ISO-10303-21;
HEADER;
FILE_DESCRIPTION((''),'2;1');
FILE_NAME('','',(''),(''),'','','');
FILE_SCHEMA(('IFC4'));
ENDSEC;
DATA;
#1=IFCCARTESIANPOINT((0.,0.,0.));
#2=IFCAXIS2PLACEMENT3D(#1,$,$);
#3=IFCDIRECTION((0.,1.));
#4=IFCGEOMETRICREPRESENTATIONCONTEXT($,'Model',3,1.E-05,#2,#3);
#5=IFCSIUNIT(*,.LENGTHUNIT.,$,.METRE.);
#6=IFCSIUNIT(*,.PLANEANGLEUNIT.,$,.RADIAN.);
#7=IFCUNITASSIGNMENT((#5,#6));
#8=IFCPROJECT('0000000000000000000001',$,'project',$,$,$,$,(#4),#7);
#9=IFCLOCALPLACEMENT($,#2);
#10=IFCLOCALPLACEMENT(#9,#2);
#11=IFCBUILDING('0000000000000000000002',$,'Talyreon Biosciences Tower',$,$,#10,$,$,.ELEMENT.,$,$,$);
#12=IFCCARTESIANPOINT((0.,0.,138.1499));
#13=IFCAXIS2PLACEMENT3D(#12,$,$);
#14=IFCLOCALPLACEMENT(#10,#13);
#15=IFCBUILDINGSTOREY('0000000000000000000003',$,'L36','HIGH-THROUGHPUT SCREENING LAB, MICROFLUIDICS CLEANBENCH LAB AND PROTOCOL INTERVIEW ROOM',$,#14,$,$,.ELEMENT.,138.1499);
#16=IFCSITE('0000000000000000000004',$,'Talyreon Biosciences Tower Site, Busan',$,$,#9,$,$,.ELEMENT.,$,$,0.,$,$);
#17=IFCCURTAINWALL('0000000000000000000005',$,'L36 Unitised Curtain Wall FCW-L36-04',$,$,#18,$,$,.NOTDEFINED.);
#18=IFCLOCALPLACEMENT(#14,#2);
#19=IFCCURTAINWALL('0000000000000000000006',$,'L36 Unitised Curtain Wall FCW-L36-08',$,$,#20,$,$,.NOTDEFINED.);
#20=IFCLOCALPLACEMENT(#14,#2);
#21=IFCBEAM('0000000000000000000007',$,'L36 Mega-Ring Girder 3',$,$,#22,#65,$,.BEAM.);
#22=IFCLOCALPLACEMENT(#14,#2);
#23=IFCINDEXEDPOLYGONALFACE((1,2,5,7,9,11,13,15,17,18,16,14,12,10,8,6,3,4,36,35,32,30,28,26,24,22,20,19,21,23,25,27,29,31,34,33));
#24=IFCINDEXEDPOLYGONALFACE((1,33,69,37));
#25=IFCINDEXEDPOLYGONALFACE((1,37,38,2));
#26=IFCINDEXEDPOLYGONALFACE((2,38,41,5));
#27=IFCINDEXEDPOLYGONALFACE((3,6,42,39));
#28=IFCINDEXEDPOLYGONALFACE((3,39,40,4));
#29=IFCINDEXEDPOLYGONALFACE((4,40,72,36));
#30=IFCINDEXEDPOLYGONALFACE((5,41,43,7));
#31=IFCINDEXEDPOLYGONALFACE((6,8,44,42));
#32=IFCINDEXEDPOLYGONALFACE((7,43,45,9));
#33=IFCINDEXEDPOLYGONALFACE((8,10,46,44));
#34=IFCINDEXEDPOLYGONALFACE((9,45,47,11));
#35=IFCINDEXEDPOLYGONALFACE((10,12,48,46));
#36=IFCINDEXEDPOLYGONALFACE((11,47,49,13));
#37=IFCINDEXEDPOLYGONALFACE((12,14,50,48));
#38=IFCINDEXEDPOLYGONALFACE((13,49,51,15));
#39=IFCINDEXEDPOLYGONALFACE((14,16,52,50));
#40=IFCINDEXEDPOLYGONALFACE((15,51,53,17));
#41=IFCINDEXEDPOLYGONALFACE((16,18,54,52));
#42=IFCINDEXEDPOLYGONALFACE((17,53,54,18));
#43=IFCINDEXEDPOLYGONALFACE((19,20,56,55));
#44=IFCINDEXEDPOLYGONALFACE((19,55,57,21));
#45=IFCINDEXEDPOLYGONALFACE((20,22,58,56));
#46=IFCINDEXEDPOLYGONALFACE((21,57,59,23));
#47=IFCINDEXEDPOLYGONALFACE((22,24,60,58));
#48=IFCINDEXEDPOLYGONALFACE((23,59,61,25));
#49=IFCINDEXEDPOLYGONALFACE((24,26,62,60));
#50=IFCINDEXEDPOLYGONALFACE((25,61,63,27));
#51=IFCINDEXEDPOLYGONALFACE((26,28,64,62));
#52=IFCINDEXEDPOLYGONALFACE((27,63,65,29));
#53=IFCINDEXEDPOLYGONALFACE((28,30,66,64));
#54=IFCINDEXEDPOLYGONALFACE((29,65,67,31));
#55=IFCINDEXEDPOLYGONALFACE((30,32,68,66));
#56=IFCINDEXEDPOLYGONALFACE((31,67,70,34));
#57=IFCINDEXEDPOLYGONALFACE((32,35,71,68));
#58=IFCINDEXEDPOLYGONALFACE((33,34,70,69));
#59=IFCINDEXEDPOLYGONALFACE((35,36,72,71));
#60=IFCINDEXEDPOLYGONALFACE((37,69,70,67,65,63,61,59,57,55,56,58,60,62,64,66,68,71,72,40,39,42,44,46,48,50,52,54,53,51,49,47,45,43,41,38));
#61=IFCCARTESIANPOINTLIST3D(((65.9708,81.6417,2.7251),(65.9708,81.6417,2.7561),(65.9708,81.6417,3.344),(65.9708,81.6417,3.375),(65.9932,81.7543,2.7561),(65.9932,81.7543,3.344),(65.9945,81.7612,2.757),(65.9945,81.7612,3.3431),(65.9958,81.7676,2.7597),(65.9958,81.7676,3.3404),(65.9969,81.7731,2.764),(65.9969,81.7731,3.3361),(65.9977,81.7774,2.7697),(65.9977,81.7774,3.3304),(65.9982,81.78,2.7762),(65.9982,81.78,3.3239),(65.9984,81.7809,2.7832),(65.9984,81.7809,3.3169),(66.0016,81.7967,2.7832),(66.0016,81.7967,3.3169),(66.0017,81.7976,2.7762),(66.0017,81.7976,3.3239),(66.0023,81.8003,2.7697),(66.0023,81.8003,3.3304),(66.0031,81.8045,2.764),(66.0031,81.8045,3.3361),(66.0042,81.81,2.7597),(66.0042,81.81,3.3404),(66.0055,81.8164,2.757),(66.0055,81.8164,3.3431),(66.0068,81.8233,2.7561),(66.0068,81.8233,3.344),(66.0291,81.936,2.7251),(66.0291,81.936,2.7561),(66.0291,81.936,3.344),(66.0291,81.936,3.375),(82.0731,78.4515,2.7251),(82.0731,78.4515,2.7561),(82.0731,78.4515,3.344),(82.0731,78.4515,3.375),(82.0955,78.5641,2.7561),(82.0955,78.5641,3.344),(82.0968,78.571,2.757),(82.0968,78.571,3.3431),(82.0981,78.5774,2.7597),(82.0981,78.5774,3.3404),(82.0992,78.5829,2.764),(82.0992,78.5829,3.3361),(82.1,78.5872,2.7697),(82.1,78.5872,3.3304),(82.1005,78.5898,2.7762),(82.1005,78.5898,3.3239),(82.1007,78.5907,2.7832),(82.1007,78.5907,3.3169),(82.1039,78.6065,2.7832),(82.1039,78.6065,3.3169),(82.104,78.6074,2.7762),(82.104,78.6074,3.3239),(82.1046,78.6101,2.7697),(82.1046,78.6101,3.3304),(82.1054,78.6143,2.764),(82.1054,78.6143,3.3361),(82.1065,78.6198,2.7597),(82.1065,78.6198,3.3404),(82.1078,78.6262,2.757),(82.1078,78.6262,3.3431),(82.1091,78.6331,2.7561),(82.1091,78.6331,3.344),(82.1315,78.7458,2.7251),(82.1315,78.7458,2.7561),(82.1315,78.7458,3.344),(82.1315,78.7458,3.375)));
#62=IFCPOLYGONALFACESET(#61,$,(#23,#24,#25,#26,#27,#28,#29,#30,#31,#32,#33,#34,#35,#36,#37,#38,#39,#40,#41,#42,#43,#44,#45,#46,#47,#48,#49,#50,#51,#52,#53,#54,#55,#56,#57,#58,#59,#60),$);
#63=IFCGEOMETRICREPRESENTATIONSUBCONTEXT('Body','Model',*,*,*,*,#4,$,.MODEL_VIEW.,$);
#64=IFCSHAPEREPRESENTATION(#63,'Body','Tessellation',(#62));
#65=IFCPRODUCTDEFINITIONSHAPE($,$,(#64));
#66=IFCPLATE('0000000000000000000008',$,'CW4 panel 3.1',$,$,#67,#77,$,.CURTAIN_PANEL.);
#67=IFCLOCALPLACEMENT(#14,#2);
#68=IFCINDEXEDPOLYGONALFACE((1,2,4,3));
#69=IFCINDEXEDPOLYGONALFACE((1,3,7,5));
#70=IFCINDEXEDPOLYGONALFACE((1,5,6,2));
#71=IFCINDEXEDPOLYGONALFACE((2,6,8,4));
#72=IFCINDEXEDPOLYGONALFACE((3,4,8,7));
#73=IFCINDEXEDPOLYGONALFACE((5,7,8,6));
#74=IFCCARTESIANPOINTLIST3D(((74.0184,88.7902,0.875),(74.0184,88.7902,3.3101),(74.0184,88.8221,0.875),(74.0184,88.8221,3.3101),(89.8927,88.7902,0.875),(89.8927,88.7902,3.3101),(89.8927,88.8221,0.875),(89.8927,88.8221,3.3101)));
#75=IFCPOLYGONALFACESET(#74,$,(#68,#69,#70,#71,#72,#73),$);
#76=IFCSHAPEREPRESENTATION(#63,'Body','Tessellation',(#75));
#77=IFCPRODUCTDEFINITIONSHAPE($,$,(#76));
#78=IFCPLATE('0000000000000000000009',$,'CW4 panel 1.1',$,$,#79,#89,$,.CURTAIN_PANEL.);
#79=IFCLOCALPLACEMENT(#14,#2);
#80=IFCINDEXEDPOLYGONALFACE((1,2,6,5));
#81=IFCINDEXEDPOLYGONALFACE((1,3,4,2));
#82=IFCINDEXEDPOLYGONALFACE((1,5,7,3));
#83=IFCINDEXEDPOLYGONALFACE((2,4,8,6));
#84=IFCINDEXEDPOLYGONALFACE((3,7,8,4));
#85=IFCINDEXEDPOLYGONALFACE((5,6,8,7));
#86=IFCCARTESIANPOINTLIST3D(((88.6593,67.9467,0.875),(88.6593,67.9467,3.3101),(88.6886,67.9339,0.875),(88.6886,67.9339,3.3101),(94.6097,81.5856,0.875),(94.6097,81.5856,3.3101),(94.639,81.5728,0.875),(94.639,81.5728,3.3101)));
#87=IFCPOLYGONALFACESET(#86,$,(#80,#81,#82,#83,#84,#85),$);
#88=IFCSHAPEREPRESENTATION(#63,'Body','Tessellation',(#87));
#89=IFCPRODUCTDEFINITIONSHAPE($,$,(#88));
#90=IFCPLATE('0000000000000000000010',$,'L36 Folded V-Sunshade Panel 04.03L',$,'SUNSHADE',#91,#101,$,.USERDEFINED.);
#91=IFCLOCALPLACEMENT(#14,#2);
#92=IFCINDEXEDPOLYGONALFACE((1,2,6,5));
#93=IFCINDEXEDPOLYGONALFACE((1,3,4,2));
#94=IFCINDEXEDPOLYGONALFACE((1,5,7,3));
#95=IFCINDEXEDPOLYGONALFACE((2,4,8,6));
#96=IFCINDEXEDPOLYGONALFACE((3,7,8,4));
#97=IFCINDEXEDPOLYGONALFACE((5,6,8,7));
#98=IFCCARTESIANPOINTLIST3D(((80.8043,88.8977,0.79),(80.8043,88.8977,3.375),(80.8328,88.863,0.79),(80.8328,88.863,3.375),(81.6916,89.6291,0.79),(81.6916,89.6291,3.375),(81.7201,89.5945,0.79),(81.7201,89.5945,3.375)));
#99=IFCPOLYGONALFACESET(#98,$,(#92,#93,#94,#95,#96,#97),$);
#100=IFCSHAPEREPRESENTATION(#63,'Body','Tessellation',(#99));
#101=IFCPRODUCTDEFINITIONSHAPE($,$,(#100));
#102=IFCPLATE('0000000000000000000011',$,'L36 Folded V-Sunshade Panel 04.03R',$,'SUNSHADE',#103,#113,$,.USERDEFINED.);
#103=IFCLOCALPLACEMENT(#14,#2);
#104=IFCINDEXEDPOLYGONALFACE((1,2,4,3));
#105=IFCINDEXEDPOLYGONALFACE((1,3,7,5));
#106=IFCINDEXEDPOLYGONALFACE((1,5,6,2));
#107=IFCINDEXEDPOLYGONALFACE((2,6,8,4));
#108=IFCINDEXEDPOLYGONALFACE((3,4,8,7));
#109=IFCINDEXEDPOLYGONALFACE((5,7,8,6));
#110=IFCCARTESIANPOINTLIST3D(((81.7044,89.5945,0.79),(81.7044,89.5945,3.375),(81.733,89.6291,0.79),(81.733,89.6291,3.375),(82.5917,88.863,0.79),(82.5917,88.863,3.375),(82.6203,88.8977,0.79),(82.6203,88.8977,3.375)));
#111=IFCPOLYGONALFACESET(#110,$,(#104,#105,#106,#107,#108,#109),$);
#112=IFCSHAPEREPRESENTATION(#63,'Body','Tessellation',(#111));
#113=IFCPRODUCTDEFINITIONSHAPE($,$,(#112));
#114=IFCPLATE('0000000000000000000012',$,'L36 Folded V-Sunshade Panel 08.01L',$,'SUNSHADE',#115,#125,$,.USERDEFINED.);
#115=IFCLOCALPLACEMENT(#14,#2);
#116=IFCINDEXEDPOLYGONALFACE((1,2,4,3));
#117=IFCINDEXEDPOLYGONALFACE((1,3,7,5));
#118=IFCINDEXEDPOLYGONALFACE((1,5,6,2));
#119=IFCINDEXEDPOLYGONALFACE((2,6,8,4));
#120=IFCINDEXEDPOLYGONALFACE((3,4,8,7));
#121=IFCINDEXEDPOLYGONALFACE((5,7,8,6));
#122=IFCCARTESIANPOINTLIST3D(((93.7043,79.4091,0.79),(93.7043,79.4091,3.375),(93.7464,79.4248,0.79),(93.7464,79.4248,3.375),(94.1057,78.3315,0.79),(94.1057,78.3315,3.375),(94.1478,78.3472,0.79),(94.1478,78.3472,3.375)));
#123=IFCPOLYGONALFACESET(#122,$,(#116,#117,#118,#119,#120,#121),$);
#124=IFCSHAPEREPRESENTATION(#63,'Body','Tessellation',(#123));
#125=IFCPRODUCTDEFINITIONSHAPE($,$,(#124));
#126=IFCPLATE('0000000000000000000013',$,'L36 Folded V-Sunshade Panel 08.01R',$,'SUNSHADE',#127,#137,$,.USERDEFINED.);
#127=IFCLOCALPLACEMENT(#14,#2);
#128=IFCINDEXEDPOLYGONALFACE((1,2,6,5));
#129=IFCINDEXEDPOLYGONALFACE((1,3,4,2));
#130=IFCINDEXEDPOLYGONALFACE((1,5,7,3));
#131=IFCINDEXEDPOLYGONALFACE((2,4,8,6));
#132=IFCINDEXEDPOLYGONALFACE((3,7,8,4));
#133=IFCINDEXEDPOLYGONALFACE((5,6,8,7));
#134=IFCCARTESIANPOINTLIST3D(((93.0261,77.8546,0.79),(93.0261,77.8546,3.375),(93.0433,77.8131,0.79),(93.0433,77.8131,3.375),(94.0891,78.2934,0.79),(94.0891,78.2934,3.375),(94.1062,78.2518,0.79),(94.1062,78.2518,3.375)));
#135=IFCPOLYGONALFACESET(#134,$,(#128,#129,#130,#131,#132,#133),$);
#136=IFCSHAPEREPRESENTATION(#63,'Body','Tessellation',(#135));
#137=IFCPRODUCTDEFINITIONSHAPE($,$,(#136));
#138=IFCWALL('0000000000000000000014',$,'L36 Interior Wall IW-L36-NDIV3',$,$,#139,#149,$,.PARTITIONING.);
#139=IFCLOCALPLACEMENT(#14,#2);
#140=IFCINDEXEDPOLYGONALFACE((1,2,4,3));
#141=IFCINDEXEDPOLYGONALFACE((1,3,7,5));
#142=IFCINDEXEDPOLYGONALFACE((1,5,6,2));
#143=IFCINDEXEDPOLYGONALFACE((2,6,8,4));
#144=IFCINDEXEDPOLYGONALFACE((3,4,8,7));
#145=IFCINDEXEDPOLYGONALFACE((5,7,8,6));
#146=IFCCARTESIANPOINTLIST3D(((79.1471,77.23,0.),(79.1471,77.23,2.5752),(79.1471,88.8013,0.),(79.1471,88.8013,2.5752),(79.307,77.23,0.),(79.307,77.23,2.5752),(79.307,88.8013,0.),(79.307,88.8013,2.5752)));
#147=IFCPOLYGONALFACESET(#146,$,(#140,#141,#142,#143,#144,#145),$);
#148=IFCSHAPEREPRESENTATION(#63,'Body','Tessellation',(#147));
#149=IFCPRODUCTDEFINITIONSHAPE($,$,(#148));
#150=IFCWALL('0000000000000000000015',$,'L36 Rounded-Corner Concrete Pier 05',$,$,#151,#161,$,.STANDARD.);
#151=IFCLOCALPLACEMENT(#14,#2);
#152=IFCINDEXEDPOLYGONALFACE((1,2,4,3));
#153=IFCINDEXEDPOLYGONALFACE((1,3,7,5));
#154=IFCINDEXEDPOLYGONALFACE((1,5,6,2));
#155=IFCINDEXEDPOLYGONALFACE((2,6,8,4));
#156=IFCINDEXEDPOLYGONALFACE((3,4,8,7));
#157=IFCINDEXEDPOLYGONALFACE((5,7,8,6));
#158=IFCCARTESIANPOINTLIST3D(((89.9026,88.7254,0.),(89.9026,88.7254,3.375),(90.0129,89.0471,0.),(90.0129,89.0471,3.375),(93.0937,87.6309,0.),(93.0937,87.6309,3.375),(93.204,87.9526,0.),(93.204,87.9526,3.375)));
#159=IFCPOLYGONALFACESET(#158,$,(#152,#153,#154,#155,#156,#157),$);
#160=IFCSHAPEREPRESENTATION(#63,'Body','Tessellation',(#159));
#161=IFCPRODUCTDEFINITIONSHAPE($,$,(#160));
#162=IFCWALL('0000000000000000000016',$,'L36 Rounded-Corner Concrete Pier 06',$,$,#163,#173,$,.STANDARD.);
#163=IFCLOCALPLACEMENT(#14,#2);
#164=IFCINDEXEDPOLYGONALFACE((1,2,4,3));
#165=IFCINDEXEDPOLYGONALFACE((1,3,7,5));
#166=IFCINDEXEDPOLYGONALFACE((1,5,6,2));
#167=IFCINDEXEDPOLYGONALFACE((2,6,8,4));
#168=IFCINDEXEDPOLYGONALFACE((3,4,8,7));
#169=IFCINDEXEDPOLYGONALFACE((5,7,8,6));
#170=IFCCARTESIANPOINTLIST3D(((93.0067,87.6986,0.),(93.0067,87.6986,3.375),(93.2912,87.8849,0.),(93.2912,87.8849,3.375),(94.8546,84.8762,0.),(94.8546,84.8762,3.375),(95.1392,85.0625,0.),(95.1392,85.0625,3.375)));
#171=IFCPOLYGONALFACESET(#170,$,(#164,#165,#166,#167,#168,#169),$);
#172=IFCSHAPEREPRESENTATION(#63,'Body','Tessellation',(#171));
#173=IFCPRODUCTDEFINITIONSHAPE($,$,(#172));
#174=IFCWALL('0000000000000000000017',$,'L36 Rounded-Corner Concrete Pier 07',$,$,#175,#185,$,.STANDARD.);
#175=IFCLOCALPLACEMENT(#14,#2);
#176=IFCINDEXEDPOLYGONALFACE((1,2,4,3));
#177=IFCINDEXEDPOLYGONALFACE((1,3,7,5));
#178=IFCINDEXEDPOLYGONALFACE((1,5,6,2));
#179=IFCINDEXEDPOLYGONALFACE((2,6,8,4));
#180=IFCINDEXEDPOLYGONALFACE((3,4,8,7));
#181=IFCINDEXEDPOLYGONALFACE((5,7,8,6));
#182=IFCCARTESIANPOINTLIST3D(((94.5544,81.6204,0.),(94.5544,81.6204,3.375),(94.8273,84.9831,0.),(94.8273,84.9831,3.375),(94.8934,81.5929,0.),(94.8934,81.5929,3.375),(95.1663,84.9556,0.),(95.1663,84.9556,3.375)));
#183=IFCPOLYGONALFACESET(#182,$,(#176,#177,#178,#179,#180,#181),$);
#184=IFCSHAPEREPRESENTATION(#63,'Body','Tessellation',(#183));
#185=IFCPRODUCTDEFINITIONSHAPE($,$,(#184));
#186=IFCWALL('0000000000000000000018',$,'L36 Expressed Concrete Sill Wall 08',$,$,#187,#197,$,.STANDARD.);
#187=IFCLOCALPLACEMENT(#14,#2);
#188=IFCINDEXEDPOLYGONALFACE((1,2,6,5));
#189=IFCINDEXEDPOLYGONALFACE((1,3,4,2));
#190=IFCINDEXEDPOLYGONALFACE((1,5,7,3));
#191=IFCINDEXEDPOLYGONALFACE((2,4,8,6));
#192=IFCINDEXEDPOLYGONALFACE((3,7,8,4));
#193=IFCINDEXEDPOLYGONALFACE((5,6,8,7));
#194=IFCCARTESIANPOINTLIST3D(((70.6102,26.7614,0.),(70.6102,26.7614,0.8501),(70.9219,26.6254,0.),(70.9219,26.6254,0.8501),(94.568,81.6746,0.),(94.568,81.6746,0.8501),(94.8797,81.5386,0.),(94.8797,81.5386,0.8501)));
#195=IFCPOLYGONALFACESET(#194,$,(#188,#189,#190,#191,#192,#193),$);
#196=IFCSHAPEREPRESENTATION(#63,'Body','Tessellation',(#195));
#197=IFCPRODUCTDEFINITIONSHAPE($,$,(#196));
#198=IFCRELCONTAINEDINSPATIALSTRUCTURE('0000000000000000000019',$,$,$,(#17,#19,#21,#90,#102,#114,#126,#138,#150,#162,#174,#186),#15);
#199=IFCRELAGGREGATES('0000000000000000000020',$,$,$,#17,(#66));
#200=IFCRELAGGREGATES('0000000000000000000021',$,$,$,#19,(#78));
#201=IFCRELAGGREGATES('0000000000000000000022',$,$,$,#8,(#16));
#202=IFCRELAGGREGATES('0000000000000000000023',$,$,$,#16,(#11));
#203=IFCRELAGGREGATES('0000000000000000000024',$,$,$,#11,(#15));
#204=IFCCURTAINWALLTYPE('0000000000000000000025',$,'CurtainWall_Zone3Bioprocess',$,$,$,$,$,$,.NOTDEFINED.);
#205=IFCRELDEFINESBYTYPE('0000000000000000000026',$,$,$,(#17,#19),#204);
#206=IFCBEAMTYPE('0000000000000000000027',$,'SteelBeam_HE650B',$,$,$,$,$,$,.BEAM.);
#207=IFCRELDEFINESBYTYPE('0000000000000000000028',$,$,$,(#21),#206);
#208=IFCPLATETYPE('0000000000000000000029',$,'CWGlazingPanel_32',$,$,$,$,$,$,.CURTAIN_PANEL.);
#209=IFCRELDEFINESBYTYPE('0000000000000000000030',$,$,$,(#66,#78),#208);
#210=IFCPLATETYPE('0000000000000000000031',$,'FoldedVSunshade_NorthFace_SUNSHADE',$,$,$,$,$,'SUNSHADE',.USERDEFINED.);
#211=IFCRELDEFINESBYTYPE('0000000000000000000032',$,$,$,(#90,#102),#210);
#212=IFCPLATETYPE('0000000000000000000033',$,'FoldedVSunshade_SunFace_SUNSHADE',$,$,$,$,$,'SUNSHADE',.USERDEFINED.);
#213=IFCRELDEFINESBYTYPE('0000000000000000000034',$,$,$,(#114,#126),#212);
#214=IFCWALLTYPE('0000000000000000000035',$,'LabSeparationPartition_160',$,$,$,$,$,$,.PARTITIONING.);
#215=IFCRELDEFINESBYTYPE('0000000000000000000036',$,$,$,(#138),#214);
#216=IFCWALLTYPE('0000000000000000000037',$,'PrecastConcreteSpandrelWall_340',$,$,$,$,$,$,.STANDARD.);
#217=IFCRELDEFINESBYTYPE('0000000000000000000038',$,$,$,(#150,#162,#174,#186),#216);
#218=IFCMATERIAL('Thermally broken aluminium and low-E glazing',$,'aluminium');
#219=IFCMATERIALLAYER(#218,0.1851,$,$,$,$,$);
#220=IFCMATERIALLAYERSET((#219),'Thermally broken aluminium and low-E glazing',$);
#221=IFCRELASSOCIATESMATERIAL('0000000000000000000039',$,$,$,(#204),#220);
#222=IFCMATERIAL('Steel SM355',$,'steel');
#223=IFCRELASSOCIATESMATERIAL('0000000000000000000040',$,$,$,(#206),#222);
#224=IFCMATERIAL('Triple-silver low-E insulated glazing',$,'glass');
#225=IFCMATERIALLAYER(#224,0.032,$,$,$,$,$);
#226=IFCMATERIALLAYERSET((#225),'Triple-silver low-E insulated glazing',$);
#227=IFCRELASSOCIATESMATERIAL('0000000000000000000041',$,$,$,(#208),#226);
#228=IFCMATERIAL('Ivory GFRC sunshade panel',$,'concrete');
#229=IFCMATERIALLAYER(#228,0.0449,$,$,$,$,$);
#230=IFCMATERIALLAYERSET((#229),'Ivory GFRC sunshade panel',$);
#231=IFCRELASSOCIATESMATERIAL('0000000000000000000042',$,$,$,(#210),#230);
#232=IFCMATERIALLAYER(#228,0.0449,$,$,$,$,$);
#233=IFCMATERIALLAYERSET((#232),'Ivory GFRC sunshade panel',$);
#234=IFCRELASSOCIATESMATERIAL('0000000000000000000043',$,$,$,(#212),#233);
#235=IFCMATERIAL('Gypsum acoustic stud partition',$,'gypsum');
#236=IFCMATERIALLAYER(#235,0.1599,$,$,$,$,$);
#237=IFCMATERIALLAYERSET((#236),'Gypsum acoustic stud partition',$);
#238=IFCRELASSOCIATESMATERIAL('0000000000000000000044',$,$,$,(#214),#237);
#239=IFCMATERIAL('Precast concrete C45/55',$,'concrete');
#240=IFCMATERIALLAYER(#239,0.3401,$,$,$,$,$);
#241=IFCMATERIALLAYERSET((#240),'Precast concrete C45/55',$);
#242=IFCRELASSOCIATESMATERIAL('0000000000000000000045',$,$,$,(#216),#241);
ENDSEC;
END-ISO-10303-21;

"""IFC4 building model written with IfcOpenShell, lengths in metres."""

from ifc_helpers import new_model, si_unit, direction, frame, frame_2d, origin, origin_2d, place, context, subcontext, project, spatial, rectangle, i_section, extrude, material, layer, layer_set, material_profile, profile_set, type_object, element, aggregate, save


model = new_model("IFC4")

# Units and contexts
model_context = context("Model", 3, precision=1e-05, world=origin(), true_north=direction((0.0, 1.0)))
body_context = subcontext(model_context, "Body", "Model", "MODEL_VIEW")
ifc_project = project(units=[si_unit("LENGTHUNIT", "METRE"), si_unit("PLANEANGLEUNIT", "RADIAN")], contexts=[model_context])

# Site, building, storey
site_placement = place(None, origin())
site = spatial("IfcSite", under=ifc_project, at=site_placement, Name="Talyreon Biosciences Tower Site, Busan", CompositionType="ELEMENT", RefElevation=0.0)
building_placement = place(site_placement, origin())
building = spatial("IfcBuilding", under=site, at=building_placement, Name="Talyreon Biosciences Tower", CompositionType="ELEMENT")
storey_placement = place(building_placement, frame((0.0, 0.0, 138.1499)))
storey = spatial("IfcBuildingStorey", under=building, at=storey_placement, Name="L36", Description="HIGH-THROUGHPUT SCREENING LAB, MICROFLUIDICS CLEANBENCH LAB AND PROTOCOL INTERVIEW ROOM", CompositionType="ELEMENT", Elevation=138.1499)

# Curtain wall
ifc_material_1 = material(Name="Thermally broken aluminium and low-E glazing", Category="aluminium")
ifc_layer_1 = layer(ifc_material_1, 0.1851)
ifc_layer_set_1 = layer_set([ifc_layer_1], Name="Thermally broken aluminium and low-E glazing")
curtain_wall_type = type_object("IfcCurtainWallType", Name="CurtainWall_Zone3Bioprocess", PredefinedType="NOTDEFINED", material=ifc_layer_set_1)
curtain_wall_1_placement = place(storey_placement, origin())
curtain_wall_1 = element("IfcCurtainWall", 1, at=curtain_wall_1_placement, inside=storey, type_object=curtain_wall_type, Name="L36 Unitised Curtain Wall FCW-L36-04", PredefinedType="NOTDEFINED")

# Curtain wall
curtain_wall_2_placement = place(storey_placement, origin())
curtain_wall_2 = element("IfcCurtainWall", 2, at=curtain_wall_2_placement, inside=storey, type_object=curtain_wall_type, Name="L36 Unitised Curtain Wall FCW-L36-08", PredefinedType="NOTDEFINED")

# Beam
ifc_material_2 = material(Name="Precast concrete C45/55", Category="concrete")
ifc_material_3 = material(Name="Steel SM355", Category="steel")
ifc_material_profile_1 = material_profile(ifc_material_3, i_section(OverallWidth=0.3, OverallDepth=0.6499, WebThickness=0.0161, FlangeThickness=0.031, FilletRadius=0.0271, at=origin_2d()), Name="HE650B")
ifc_profile_set_1 = profile_set([ifc_material_profile_1], Name="Steel SM355")
beam_type_1 = type_object("IfcBeamType", Name="SteelBeam_HE650B", PredefinedType="BEAM", material=ifc_profile_set_1)
beam_1_placement = place(storey_placement, frame((82.1023, 78.5986, 3.05), z_axis=(-0.980934, 0.194343, 0.0), x_axis=(-0.194343, -0.980934, 0.0)))
element("IfcBeam", 3, at=beam_1_placement, inside=storey, type_object=beam_type_1, Name="L36 Mega-Ring Girder 3", PredefinedType="BEAM", context=body_context, shape_type="SweptSolid", body=[
    extrude(i_section(OverallWidth=0.3, OverallDepth=0.6499, WebThickness=0.0161, FlangeThickness=0.031, FilletRadius=0.0271, at=origin_2d()), origin(), (0.0, 0.0, 1.0), 16.4153),
])

# Plates
ifc_material_4 = material(Name="Triple-silver low-E insulated glazing", Category="glass")
ifc_layer_2 = layer(ifc_material_4, 0.032)
ifc_layer_set_2 = layer_set([ifc_layer_2], Name="Triple-silver low-E insulated glazing")
plate_type_1 = type_object("IfcPlateType", Name="CWGlazingPanel_32", PredefinedType="CURTAIN_PANEL", material=ifc_layer_set_2)
plate_1_placement = place(storey_placement, frame((81.9556, 88.8062, 0.875), z_axis=(0.0, 0.0, 1.0), x_axis=(1.0, 0.0, 0.0)))
plate_1 = element("IfcPlate", 4, at=plate_1_placement, type_object=plate_type_1, Name="CW4 panel 3.1", PredefinedType="CURTAIN_PANEL", context=body_context, shape_type="SweptSolid", body=[
    extrude(rectangle(XDim=15.8743, YDim=0.032, at=origin_2d()), origin(), (0.0, 0.0, 1.0), 2.4351),
])
aggregate(curtain_wall_1, [plate_1])
plate_2_placement = place(storey_placement, frame((91.6492, 74.7598, 0.875), z_axis=(0.0, 0.0, 1.0), x_axis=(-0.399882, -0.916566, 0.0)))
plate_2 = element("IfcPlate", 5, at=plate_2_placement, type_object=plate_type_1, Name="CW4 panel 1.1", PredefinedType="CURTAIN_PANEL", context=body_context, shape_type="SweptSolid", body=[
    extrude(rectangle(XDim=14.8804, YDim=0.032, at=origin_2d()), origin(), (0.0, 0.0, 1.0), 2.4351),
])
aggregate(curtain_wall_2, [plate_2])

# Plates
ifc_material_5 = material(Name="Ivory GFRC sunshade panel", Category="concrete")
ifc_layer_3 = layer(ifc_material_5, 0.0449)
ifc_layer_set_3 = layer_set([ifc_layer_3], Name="Ivory GFRC sunshade panel")
plate_type_2 = type_object("IfcPlateType", Name="FoldedVSunshade_NorthFace_SUNSHADE", ElementType="SUNSHADE", PredefinedType="USERDEFINED", material=ifc_layer_set_3)
for number, where, z_axis, x_axis, name in (
    (6, (81.2622, 89.2461, 0.79), (0.0, 0.0, 1.0), (0.771625, 0.636078, 0.0), "L36 Folded V-Sunshade Panel 04.03L"),
    (7, (82.1624, 89.2461, 0.79), (0.0, 0.0, 1.0), (0.771625, -0.636078, 0.0), "L36 Folded V-Sunshade Panel 04.03R"),
):
    element("IfcPlate", number, at=place(storey_placement, frame(where, z_axis=z_axis, x_axis=x_axis)), inside=storey, type_object=plate_type_2, Name=name, ObjectType="SUNSHADE", PredefinedType="USERDEFINED", context=body_context, shape_type="SweptSolid", body=[
        extrude(rectangle(XDim=1.1499, YDim=0.0449, at=origin_2d()), origin(), (0.0, 0.0, 1.0), 2.585),
    ])
ifc_layer_4 = layer(ifc_material_5, 0.0449)
ifc_layer_set_4 = layer_set([ifc_layer_4], Name="Ivory GFRC sunshade panel")
plate_type_3 = type_object("IfcPlateType", Name="FoldedVSunshade_SunFace_SUNSHADE", ElementType="SUNSHADE", PredefinedType="USERDEFINED", material=ifc_layer_set_4)
for number, where, z_axis, x_axis, name in (
    (8, (93.926, 78.8782, 0.79), (0.0, 0.0, 1.0), (0.349046, -0.937105, 0.0), "L36 Folded V-Sunshade Panel 08.01L"),
    (9, (93.5662, 78.0532, 0.79), (0.0, 0.0, 1.0), (-0.924353, -0.381538, 0.0), "L36 Folded V-Sunshade Panel 08.01R"),
):
    element("IfcPlate", number, at=place(storey_placement, frame(where, z_axis=z_axis, x_axis=x_axis)), inside=storey, type_object=plate_type_3, Name=name, ObjectType="SUNSHADE", PredefinedType="USERDEFINED", context=body_context, shape_type="SweptSolid", body=[
        extrude(rectangle(XDim=1.1499, YDim=0.0449, at=origin_2d()), origin(), (0.0, 0.0, 1.0), 2.585),
    ])

# Walls
ifc_material_6 = material(Name="Gypsum acoustic stud partition", Category="gypsum")
ifc_layer_5 = layer(ifc_material_6, 0.1599)
ifc_layer_set_5 = layer_set([ifc_layer_5], Name="Gypsum acoustic stud partition")
wall_type_1 = type_object("IfcWallType", Name="LabSeparationPartition_160", PredefinedType="PARTITIONING", material=ifc_layer_set_5)
wall_1_placement = place(storey_placement, frame((79.2271, 77.23, 0.0), z_axis=(0.0, 0.0, 1.0), x_axis=(0.0, 1.0, 0.0)))
element("IfcWall", 10, at=wall_1_placement, inside=storey, type_object=wall_type_1, Name="L36 Interior Wall IW-L36-NDIV3", PredefinedType="PARTITIONING", context=body_context, shape_type="SweptSolid", body=[
    extrude(rectangle(XDim=11.5713, YDim=0.1599, at=frame_2d((5.7856, 0.0))), origin(), (0.0, 0.0, 1.0), 2.5752),
])
ifc_layer_6 = layer(ifc_material_2, 0.3401)
ifc_layer_set_6 = layer_set([ifc_layer_6], Name="Precast concrete C45/55")
wall_type_2 = type_object("IfcWallType", Name="PrecastConcreteSpandrelWall_340", PredefinedType="STANDARD", material=ifc_layer_set_6)
for number, where, z_axis, x_axis, name in (
    (11, (89.9578, 88.8862, 0.0), (0.0, 0.0, 1.0), (0.945912, -0.324422, 0.0), "L36 Rounded-Corner Concrete Pier 05"),
    (12, (93.1489, 87.7917, 0.0), (0.0, 0.0, 1.0), (0.547784, -0.83662, 0.0), "L36 Rounded-Corner Concrete Pier 06"),
):
    element("IfcWall", number, at=place(storey_placement, frame(where, z_axis=z_axis, x_axis=x_axis)), inside=storey, type_object=wall_type_2, Name=name, PredefinedType="STANDARD", context=body_context, shape_type="SweptSolid", body=[
        extrude(rectangle(XDim=3.3735, YDim=0.3401, at=frame_2d((1.6868, 0.0))), origin(), (0.0, 0.0, 1.0), 3.375),
    ])
wall_2_placement = place(storey_placement, frame((94.9968, 84.9695, 0.0), z_axis=(0.0, 0.0, 1.0), x_axis=(-0.080901, -0.996722, 0.0)))
element("IfcWall", 13, at=wall_2_placement, inside=storey, type_object=wall_type_2, Name="L36 Rounded-Corner Concrete Pier 07", PredefinedType="STANDARD", context=body_context, shape_type="SweptSolid", body=[
    extrude(rectangle(XDim=3.3738, YDim=0.3401, at=frame_2d((1.687, 0.0))), origin(), (0.0, 0.0, 1.0), 3.375),
])
wall_3_placement = place(storey_placement, frame((94.7239, 81.6067, 0.0), z_axis=(0.0, 0.0, 1.0), x_axis=(-0.399884, -0.916566, 0.0)))
element("IfcWall", 14, at=wall_3_placement, inside=storey, type_object=wall_type_2, Name="L36 Expressed Concrete Sill Wall 08", PredefinedType="STANDARD", context=body_context, shape_type="SweptSolid", body=[
    extrude(rectangle(XDim=59.9119, YDim=0.3401, at=frame_2d((29.9561, 0.0))), origin(), (0.0, 0.0, 1.0), 0.8501),
])

save(model, "model.ifc")
